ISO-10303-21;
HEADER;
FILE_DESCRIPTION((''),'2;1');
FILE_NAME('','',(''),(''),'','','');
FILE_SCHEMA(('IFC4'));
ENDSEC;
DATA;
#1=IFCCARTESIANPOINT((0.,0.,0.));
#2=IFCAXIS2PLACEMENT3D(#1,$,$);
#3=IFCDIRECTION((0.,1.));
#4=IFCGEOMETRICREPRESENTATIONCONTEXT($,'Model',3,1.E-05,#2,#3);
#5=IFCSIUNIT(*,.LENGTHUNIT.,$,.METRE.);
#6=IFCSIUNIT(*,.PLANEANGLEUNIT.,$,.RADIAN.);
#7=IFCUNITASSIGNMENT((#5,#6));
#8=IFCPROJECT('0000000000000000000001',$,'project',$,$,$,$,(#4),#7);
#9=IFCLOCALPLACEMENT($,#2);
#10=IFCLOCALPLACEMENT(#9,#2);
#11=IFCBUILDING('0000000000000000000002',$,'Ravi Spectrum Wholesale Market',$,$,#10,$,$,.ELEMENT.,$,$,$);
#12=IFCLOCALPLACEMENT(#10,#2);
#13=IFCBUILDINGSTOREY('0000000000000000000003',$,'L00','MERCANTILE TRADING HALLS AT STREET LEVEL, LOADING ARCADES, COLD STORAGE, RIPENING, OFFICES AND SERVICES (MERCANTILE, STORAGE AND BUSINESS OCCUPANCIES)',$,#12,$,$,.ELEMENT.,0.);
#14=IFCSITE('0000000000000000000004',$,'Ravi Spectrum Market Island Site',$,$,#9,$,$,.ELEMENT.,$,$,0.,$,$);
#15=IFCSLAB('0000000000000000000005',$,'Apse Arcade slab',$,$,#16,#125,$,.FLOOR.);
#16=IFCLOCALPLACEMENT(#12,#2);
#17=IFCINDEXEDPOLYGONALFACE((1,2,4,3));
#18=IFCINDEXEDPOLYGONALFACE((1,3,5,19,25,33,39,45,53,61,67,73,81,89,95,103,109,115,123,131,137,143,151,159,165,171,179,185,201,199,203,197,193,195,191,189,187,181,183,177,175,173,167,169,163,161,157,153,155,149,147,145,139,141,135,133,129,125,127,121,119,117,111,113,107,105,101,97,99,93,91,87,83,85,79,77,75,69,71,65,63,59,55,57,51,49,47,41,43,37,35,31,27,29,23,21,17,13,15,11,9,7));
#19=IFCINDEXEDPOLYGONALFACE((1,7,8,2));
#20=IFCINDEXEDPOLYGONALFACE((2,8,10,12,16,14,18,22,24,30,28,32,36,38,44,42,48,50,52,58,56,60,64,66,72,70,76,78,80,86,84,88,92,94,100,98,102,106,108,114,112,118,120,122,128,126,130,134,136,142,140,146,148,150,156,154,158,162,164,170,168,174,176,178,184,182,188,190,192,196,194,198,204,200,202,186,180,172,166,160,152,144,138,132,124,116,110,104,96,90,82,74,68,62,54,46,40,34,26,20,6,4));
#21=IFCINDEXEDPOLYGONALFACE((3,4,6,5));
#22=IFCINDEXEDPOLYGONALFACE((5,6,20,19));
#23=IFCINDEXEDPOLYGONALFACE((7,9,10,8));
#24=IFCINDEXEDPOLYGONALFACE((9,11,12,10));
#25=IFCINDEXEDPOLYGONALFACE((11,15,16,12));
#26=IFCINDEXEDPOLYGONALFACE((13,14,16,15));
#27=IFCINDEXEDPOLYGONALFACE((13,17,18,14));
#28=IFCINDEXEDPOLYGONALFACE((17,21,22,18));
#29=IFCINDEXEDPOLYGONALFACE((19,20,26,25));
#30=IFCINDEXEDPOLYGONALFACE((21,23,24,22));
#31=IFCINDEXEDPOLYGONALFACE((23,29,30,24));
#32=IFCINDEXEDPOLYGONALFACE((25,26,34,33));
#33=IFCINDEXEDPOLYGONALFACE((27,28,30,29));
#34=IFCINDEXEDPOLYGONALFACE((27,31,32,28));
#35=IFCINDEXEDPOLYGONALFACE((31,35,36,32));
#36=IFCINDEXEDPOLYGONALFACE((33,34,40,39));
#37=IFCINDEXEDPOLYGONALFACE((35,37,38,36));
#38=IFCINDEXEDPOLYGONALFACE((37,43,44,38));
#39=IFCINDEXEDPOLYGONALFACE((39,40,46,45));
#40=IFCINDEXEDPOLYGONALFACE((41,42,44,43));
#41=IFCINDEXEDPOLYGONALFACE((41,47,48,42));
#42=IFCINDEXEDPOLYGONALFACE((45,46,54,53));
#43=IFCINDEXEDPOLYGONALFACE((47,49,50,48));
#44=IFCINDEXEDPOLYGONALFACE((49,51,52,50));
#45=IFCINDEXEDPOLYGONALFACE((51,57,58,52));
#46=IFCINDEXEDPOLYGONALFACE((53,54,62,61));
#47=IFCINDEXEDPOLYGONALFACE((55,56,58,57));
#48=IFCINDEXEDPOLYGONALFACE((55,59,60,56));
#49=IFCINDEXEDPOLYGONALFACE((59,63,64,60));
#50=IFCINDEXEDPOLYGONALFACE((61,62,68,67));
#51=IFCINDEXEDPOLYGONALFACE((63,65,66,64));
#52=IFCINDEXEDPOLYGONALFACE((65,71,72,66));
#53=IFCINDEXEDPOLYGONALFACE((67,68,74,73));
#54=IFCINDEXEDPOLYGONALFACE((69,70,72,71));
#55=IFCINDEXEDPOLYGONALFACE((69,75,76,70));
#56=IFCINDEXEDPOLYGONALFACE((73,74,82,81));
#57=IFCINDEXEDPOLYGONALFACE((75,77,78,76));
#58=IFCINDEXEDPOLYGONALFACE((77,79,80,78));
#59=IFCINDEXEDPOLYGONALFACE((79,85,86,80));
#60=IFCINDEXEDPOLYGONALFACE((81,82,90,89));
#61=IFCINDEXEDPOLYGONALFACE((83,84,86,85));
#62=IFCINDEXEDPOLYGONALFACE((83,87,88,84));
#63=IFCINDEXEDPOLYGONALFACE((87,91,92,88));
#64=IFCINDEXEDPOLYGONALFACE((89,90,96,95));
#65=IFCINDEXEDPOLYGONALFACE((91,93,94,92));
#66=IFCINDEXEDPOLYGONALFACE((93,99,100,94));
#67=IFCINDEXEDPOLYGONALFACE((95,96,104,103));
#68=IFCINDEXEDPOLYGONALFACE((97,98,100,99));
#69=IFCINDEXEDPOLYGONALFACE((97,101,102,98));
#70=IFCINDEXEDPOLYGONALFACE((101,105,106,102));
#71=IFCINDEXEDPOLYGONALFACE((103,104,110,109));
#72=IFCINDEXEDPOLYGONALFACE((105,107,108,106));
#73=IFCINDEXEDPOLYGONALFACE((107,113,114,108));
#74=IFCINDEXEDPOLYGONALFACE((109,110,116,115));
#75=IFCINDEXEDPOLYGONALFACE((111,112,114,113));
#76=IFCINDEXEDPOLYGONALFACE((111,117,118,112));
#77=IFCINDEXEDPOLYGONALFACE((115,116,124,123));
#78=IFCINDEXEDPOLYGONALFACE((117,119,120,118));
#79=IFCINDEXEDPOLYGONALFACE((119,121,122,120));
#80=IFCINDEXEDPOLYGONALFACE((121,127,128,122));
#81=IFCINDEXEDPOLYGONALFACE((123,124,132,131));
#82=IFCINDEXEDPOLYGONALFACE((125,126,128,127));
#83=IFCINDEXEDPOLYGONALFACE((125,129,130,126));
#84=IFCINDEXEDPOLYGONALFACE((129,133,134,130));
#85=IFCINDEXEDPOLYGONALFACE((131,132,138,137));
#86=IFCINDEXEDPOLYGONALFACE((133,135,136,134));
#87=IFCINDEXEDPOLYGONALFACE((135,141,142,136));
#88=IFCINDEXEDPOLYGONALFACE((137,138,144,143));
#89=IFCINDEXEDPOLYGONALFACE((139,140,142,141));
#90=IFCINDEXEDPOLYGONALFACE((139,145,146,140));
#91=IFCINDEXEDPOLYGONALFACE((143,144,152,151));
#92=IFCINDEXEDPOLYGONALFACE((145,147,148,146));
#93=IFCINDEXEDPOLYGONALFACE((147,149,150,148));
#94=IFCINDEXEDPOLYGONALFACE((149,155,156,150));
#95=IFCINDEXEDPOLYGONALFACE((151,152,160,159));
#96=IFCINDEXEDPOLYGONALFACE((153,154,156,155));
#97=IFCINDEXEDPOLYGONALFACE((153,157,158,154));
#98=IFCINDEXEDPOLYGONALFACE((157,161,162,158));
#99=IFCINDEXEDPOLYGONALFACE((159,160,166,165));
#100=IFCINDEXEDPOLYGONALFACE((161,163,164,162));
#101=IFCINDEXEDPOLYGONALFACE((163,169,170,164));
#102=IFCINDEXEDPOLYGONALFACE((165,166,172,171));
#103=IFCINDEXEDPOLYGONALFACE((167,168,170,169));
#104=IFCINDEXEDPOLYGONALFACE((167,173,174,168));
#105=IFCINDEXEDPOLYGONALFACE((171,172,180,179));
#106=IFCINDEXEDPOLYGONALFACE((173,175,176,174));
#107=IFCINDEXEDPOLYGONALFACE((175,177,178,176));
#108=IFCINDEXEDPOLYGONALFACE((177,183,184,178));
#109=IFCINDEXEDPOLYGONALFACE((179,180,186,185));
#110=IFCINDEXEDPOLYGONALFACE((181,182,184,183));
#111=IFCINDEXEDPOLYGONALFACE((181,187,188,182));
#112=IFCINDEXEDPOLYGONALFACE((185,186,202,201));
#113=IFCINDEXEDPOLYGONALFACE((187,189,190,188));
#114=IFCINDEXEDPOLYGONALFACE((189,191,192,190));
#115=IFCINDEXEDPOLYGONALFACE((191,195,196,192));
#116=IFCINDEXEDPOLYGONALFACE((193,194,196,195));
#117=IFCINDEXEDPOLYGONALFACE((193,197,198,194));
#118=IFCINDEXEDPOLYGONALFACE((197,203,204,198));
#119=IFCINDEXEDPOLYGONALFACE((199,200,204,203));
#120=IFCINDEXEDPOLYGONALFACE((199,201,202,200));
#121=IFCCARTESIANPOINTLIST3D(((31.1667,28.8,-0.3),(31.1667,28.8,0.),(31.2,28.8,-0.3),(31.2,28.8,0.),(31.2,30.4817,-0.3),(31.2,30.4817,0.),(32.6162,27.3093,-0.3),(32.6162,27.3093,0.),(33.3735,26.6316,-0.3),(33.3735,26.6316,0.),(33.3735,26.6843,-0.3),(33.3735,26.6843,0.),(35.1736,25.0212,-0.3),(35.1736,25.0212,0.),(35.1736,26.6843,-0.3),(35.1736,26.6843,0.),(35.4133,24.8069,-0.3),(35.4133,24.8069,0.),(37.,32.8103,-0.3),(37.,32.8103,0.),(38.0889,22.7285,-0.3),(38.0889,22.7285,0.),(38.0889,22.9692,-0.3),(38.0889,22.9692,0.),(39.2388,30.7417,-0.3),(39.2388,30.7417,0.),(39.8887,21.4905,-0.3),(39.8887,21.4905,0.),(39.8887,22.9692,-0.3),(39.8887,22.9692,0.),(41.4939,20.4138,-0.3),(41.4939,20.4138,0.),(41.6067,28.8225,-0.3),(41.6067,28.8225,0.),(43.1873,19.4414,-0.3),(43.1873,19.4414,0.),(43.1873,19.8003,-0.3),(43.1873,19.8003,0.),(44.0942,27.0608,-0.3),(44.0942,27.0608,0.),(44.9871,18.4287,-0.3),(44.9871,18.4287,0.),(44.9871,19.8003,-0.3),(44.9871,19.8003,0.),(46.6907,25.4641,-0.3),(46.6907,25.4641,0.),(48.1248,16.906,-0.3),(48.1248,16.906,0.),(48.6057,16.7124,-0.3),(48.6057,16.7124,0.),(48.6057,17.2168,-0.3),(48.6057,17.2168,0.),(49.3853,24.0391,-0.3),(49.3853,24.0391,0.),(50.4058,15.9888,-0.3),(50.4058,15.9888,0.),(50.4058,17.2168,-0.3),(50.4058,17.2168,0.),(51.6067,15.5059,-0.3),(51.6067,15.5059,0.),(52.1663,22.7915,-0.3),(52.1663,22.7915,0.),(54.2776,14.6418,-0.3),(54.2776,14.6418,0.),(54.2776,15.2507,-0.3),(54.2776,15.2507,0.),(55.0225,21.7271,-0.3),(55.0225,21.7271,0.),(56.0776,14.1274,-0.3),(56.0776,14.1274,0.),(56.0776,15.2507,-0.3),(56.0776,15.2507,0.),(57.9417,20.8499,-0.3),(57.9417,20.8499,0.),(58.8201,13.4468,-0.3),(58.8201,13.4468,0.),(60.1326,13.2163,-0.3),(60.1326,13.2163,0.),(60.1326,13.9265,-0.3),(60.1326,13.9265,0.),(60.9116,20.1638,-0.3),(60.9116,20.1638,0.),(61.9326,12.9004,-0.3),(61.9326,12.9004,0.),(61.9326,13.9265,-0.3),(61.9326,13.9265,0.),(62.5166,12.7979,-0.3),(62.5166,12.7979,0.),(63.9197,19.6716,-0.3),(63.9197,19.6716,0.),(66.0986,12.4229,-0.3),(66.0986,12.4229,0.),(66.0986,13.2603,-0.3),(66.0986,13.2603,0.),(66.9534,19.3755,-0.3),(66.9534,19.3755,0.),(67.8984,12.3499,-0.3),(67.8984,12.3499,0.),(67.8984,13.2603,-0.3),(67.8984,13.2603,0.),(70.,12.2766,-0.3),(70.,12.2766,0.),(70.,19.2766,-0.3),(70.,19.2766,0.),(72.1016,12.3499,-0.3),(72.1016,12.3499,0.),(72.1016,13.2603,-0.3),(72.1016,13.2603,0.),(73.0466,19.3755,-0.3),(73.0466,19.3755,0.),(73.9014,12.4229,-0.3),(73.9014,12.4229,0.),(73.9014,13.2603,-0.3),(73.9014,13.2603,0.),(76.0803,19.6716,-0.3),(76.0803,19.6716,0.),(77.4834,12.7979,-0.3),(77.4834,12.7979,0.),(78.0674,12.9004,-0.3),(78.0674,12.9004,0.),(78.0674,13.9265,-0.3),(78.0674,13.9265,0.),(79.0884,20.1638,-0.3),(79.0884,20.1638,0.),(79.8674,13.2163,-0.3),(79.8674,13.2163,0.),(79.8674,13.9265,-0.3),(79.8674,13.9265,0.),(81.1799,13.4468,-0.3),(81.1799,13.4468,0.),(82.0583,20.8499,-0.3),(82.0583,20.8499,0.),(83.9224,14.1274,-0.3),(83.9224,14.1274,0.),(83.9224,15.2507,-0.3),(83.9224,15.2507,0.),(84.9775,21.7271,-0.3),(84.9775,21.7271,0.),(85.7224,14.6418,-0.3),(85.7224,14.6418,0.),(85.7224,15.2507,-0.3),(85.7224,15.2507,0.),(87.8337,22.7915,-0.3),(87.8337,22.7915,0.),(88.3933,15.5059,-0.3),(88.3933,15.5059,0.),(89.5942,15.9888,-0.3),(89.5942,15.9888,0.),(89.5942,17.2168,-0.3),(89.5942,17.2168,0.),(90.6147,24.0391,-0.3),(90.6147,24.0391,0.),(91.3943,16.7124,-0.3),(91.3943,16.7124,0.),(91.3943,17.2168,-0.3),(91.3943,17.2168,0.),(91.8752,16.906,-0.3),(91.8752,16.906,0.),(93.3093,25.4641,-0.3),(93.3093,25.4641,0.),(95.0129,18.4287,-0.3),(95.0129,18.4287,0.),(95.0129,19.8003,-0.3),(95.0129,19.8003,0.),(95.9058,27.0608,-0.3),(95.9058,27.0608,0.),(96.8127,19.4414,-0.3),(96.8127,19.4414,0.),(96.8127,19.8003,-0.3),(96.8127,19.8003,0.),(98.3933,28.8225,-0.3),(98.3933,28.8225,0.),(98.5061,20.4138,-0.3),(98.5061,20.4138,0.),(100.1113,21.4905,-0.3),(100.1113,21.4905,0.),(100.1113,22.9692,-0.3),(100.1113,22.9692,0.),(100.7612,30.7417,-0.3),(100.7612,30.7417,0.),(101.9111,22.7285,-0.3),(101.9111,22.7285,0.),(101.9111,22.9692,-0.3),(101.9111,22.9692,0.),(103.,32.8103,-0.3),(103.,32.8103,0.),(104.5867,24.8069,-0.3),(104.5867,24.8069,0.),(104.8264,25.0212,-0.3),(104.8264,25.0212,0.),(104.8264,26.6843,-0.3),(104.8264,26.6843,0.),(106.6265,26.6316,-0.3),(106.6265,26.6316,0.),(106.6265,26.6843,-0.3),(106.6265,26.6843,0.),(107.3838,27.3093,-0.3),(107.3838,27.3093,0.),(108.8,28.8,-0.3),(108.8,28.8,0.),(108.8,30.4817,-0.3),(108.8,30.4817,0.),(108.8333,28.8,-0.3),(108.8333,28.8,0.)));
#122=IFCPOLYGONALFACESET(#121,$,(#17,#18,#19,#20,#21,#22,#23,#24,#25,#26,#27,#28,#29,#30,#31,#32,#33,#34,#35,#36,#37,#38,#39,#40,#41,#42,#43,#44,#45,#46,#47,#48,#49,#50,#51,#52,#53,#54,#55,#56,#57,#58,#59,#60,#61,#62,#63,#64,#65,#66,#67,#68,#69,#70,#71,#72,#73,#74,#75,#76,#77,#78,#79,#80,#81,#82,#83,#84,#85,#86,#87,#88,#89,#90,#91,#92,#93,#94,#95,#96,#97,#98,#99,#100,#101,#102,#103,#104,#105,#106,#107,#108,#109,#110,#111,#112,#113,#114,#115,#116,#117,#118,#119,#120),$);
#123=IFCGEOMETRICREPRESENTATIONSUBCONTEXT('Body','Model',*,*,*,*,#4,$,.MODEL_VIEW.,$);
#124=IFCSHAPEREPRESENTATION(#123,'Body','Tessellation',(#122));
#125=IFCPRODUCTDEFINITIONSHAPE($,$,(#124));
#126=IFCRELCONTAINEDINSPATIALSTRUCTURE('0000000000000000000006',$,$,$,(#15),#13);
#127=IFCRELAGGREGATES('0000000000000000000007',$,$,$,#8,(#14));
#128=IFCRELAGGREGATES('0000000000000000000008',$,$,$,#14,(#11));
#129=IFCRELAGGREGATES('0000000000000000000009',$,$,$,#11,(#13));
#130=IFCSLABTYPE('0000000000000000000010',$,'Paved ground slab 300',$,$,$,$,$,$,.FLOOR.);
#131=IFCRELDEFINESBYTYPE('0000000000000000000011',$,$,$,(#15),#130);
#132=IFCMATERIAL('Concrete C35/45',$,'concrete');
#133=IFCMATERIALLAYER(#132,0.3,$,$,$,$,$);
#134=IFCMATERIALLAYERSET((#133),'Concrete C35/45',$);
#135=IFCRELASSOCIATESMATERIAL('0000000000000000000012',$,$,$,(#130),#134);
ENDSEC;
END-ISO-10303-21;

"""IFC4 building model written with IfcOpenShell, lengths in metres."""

from ifc_helpers import new_model, si_unit, direction, frame, origin, place, context, subcontext, project, spatial, polyline, outline, extrude, material, layer, layer_set, type_object, element, save


model = new_model("IFC4")

# Units and contexts
model_context = context("Model", 3, precision=1e-05, world=origin(), true_north=direction((0.0, 1.0)))
body_context = subcontext(model_context, "Body", "Model", "MODEL_VIEW")
ifc_project = project(units=[si_unit("LENGTHUNIT", "METRE"), si_unit("PLANEANGLEUNIT", "RADIAN")], contexts=[model_context])

# Site, building, storey
site_placement = place(None, origin())
site = spatial("IfcSite", under=ifc_project, at=site_placement, Name="Ravi Spectrum Market Island Site", CompositionType="ELEMENT", RefElevation=0.0)
building_placement = place(site_placement, origin())
building = spatial("IfcBuilding", under=site, at=building_placement, Name="Ravi Spectrum Wholesale Market", CompositionType="ELEMENT")
storey_placement = place(building_placement, origin())
storey = spatial("IfcBuildingStorey", under=building, at=storey_placement, Name="L00", Description="MERCANTILE TRADING HALLS AT STREET LEVEL, LOADING ARCADES, COLD STORAGE, RIPENING, OFFICES AND SERVICES (MERCANTILE, STORAGE AND BUSINESS OCCUPANCIES)", CompositionType="ELEMENT", Elevation=0.0)

# Slab
ifc_material_1 = material(Name="Concrete C35/45", Category="concrete")
ifc_layer_1 = layer(ifc_material_1, 0.3)
ifc_layer_set_1 = layer_set([ifc_layer_1], Name="Concrete C35/45")
slab_type_1 = type_object("IfcSlabType", Name="Paved ground slab 300", PredefinedType="FLOOR", material=ifc_layer_set_1)
slab_1_placement = place(storey_placement, frame((0.0, 0.0, -0.3)))
element("IfcSlab", 1, at=slab_1_placement, inside=storey, type_object=slab_type_1, Name="Apse Arcade slab", PredefinedType="FLOOR", context=body_context, shape_type="SweptSolid", body=[
    extrude(outline(polyline([(32.6162, 27.3093), (31.1667, 28.8), (31.2, 28.8), (31.2, 30.4817), (37.0, 32.8103), (39.2388, 30.7417), (41.6067, 28.8225), (44.0942, 27.0608), (46.6907, 25.4641), (49.3853, 24.0391), (52.1663, 22.7915), (55.0225, 21.7271), (57.9417, 20.8499), (60.9116, 20.1638), (63.9197, 19.6716), (66.9534, 19.3755), (70.0, 19.2766), (73.0466, 19.3755), (76.0803, 19.6716), (79.0884, 20.1638), (82.0583, 20.8499), (84.9775, 21.7271), (87.8337, 22.7915), (90.6147, 24.0391), (93.3093, 25.4641), (95.9058, 27.0608), (98.3933, 28.8225), (100.7612, 30.7417), (103.0, 32.8103), (108.8, 30.4817), (108.8, 28.8), (108.8333, 28.8), (107.3838, 27.3093), (106.6265, 26.6316), (106.6265, 26.6843), (104.8264, 26.6843), (104.8264, 25.0212), (104.5867, 24.8069), (101.9111, 22.7285), (101.9111, 22.9692), (100.1113, 22.9692), (100.1113, 21.4905), (98.5061, 20.4138), (96.8127, 19.4414), (96.8127, 19.8003), (95.0129, 19.8003), (95.0129, 18.4287), (91.8752, 16.906), (91.3943, 16.7124), (91.3943, 17.2168), (89.5942, 17.2168), (89.5942, 15.9888), (88.3933, 15.5059), (85.7224, 14.6418), (85.7224, 15.2507), (83.9224, 15.2507), (83.9224, 14.1274), (81.1799, 13.4468), (79.8674, 13.2163), (79.8674, 13.9265), (78.0674, 13.9265), (78.0674, 12.9004), (77.4834, 12.7979), (73.9014, 12.4229), (73.9014, 13.2603), (72.1016, 13.2603), (72.1016, 12.3499), (70.0, 12.2766), (67.8984, 12.3499), (67.8984, 13.2603), (66.0986, 13.2603), (66.0986, 12.4229), (62.5166, 12.7979), (61.9326, 12.9004), (61.9326, 13.9265), (60.1326, 13.9265), (60.1326, 13.2163), (58.8201, 13.4468), (56.0776, 14.1274), (56.0776, 15.2507), (54.2776, 15.2507), (54.2776, 14.6418), (51.6067, 15.5059), (50.4058, 15.9888), (50.4058, 17.2168), (48.6057, 17.2168), (48.6057, 16.7124), (48.1248, 16.906), (44.9871, 18.4287), (44.9871, 19.8003), (43.1873, 19.8003), (43.1873, 19.4414), (41.4939, 20.4138), (39.8887, 21.4905), (39.8887, 22.9692), (38.0889, 22.9692), (38.0889, 22.7285), (35.4133, 24.8069), (35.1736, 25.0212), (35.1736, 26.6843), (33.3735, 26.6843), (33.3735, 26.6316), (32.6162, 27.3093)])), origin(), (0.0, 0.0, 1.0), 0.3),
])

save(model, "model.ifc")
